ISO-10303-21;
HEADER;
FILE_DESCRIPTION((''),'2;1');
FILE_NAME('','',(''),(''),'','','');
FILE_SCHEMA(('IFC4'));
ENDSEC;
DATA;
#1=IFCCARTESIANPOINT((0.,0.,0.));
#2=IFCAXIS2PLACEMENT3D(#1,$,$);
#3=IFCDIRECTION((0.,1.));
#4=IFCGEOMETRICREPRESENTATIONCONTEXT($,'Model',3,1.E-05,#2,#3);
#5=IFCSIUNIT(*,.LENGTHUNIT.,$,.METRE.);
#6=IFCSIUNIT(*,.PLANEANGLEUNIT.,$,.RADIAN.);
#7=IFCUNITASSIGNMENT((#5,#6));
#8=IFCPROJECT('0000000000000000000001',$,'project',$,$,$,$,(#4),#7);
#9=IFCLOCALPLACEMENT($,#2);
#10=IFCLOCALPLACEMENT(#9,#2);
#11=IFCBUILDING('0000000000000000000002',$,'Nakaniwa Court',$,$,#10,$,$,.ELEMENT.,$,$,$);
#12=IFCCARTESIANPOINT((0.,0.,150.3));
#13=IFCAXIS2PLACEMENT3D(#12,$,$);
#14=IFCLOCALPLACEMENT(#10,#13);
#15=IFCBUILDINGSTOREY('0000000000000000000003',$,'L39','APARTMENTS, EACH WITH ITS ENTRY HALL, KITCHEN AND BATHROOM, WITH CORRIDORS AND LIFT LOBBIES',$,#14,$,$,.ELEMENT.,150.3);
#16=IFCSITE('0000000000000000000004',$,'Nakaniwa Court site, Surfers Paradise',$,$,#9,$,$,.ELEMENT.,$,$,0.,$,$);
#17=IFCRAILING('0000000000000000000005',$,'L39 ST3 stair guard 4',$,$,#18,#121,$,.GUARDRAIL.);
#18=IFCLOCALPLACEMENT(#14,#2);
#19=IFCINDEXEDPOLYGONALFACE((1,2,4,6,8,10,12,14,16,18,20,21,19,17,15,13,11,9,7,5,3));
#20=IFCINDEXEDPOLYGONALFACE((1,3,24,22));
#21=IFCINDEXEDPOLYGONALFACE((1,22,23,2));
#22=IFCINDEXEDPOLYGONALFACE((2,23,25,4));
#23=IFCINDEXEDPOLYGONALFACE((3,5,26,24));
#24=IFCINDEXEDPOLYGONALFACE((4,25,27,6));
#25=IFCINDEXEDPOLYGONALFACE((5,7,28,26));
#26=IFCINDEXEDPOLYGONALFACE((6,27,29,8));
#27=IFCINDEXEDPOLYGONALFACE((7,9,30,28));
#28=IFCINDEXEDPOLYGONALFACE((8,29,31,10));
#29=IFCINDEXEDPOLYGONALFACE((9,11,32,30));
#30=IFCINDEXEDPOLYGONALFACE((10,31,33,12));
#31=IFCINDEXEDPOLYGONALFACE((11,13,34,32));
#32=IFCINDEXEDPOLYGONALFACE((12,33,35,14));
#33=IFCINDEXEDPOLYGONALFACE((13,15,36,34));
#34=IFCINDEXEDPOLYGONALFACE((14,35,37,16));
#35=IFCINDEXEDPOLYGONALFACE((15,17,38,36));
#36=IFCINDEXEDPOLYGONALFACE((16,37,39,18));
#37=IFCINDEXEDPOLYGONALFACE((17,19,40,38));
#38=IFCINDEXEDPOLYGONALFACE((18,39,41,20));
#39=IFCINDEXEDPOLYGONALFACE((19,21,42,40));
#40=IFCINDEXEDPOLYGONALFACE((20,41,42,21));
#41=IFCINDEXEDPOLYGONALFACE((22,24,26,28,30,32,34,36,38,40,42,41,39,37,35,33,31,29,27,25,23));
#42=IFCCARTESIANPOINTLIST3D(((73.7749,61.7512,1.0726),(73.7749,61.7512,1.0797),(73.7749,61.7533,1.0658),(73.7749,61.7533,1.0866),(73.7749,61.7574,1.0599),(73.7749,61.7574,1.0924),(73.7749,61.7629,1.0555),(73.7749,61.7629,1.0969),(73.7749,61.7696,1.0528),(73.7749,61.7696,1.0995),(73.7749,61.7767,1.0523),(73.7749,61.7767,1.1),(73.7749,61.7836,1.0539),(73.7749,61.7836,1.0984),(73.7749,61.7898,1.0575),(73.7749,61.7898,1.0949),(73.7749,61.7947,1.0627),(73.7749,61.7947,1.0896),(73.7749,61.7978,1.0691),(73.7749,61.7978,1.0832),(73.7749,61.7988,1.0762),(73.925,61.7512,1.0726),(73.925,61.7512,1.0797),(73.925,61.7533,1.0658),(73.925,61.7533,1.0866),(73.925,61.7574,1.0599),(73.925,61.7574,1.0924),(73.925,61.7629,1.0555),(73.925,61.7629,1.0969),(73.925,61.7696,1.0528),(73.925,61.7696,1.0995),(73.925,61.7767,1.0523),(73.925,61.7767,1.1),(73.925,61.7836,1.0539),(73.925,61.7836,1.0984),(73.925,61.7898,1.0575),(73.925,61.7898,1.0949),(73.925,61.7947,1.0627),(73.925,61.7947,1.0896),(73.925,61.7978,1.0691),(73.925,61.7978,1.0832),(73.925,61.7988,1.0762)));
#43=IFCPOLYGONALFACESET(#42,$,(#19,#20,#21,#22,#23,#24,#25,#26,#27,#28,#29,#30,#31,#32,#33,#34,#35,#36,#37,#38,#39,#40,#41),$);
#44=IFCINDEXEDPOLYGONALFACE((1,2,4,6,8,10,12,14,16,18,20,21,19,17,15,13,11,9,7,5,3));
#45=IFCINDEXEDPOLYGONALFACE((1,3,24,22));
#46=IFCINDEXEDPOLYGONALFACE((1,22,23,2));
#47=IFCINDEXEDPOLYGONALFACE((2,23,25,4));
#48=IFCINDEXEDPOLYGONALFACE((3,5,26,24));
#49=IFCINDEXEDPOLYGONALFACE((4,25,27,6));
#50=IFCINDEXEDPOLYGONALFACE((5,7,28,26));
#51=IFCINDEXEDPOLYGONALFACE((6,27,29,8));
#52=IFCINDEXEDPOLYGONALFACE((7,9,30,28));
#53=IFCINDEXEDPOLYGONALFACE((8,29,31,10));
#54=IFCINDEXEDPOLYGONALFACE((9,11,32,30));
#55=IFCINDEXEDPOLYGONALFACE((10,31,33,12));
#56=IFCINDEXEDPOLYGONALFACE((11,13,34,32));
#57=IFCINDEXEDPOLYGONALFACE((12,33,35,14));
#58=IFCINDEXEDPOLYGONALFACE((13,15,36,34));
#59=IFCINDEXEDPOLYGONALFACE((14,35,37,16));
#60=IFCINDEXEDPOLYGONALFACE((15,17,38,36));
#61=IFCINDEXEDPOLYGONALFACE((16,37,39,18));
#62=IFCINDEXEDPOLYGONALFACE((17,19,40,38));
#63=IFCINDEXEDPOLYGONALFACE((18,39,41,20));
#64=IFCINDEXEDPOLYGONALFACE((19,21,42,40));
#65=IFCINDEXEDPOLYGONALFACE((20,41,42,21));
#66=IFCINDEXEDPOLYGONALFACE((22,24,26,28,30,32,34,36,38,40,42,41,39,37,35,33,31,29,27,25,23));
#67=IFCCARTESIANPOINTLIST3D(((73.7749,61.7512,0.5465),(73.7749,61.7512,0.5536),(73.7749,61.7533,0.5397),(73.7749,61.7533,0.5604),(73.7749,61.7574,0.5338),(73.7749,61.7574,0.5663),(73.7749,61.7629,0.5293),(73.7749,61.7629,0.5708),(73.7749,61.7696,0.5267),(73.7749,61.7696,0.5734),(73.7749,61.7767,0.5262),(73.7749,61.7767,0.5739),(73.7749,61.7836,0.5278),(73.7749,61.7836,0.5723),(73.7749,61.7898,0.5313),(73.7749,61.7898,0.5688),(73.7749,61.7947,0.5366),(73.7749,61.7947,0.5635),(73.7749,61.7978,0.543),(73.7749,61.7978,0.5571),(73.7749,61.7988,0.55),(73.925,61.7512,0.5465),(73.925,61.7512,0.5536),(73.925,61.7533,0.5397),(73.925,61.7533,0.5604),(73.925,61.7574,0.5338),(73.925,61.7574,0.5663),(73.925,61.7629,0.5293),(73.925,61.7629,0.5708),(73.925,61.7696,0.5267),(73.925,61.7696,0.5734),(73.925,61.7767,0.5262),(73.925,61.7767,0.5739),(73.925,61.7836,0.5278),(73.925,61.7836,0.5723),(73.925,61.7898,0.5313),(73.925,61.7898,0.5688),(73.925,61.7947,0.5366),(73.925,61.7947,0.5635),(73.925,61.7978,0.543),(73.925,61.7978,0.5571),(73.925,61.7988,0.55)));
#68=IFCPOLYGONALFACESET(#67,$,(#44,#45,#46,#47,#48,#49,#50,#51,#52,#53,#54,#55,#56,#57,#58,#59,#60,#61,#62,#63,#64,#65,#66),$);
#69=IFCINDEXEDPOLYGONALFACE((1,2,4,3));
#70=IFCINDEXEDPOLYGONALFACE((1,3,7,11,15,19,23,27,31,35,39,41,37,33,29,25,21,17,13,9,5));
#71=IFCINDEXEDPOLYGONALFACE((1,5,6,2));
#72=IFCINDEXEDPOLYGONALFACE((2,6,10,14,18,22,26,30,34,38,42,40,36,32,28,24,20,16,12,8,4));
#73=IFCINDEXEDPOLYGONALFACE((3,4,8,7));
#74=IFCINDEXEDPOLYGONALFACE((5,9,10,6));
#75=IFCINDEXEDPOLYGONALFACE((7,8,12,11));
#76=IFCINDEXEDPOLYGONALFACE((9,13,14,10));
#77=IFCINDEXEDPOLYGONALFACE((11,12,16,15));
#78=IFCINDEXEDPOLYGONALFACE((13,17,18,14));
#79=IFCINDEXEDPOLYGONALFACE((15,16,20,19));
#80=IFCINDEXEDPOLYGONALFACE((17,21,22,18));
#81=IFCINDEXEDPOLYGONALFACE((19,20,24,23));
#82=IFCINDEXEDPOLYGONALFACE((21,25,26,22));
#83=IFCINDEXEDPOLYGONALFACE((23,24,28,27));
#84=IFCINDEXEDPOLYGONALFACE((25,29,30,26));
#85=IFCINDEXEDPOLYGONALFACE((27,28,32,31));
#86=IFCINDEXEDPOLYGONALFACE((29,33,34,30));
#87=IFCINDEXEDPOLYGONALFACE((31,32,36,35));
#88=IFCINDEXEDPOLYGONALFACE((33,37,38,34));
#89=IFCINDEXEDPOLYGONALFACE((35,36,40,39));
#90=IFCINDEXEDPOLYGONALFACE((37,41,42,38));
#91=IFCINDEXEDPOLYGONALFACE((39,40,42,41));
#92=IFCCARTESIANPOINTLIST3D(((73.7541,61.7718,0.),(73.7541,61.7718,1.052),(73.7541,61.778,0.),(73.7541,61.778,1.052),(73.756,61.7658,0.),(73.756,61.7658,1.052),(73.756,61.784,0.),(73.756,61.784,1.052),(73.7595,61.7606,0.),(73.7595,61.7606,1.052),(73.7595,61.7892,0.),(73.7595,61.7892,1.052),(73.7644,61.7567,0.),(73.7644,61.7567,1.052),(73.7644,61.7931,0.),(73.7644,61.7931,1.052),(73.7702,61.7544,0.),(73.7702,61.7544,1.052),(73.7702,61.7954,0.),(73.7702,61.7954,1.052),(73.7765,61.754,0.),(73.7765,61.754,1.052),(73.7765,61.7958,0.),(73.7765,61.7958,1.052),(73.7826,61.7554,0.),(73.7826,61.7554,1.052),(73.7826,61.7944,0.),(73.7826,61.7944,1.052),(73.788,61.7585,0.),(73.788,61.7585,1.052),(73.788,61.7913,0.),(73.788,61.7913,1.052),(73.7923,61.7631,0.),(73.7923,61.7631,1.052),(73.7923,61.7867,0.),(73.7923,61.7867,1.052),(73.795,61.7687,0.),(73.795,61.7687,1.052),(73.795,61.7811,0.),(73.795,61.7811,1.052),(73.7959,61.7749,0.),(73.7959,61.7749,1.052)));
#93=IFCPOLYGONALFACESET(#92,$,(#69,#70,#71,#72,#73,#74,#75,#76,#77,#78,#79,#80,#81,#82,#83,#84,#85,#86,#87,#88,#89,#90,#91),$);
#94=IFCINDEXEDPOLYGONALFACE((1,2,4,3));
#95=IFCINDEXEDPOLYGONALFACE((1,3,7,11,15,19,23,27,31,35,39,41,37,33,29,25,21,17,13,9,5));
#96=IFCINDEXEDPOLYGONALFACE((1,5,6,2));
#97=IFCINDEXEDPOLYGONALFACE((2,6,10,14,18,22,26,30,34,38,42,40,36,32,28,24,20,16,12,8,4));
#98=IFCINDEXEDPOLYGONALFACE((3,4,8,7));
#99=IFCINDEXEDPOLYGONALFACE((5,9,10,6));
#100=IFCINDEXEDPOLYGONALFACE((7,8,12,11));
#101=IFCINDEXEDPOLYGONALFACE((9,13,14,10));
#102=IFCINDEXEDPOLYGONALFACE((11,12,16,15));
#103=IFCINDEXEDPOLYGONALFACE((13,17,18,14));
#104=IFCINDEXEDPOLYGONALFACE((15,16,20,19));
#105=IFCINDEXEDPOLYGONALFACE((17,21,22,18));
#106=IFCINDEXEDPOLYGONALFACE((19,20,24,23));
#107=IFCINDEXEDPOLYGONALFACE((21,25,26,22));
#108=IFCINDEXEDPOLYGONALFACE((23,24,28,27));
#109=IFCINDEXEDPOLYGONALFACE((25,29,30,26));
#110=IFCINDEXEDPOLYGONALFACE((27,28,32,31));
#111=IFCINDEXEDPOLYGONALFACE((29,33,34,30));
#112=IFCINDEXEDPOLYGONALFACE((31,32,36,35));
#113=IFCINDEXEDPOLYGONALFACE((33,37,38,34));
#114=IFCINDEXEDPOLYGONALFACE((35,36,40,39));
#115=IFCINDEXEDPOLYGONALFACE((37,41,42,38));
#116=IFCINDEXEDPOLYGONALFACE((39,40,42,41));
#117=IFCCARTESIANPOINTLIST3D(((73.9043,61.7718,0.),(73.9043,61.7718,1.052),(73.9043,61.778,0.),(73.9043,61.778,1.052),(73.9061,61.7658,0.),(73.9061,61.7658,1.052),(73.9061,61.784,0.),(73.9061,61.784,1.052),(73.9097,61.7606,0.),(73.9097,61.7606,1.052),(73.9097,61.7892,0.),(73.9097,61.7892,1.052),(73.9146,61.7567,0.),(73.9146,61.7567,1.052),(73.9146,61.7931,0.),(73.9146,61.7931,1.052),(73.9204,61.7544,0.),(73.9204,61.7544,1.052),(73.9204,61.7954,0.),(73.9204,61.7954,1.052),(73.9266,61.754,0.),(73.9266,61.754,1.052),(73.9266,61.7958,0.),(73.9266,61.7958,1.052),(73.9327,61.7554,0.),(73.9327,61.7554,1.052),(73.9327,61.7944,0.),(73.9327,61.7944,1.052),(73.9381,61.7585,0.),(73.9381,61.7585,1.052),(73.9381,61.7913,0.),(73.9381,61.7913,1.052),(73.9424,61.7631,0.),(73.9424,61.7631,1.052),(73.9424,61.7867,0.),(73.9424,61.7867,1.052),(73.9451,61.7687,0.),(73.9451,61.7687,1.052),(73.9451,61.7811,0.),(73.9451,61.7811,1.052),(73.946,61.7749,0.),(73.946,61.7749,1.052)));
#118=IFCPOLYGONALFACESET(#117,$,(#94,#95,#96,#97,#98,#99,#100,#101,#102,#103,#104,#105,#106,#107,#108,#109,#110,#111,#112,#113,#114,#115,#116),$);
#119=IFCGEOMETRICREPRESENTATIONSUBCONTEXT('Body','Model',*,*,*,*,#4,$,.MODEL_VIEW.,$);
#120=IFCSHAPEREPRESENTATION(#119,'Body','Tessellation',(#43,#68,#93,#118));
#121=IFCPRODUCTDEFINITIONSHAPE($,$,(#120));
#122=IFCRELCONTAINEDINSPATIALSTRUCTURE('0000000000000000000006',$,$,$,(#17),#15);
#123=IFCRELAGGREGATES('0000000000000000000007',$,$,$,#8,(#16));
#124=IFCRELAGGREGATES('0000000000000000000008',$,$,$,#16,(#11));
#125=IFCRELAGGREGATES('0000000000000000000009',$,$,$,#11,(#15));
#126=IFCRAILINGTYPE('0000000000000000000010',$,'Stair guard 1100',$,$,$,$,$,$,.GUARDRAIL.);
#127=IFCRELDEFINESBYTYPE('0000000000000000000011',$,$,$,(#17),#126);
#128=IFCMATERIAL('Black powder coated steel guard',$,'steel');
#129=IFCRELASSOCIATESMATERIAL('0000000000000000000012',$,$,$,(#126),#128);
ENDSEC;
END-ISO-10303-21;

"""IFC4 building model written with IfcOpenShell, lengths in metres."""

from ifc_helpers import new_model, si_unit, direction, frame, origin, origin_2d, place, context, subcontext, project, spatial, circle, extrude, material, type_object, element, save


model = new_model("IFC4")

# Units and contexts
model_context = context("Model", 3, precision=1e-05, world=origin(), true_north=direction((0.0, 1.0)))
body_context = subcontext(model_context, "Body", "Model", "MODEL_VIEW")
ifc_project = project(units=[si_unit("LENGTHUNIT", "METRE"), si_unit("PLANEANGLEUNIT", "RADIAN")], contexts=[model_context])

# Site, building, storey
site_placement = place(None, origin())
site = spatial("IfcSite", under=ifc_project, at=site_placement, Name="Nakaniwa Court site, Surfers Paradise", CompositionType="ELEMENT", RefElevation=0.0)
building_placement = place(site_placement, origin())
building = spatial("IfcBuilding", under=site, at=building_placement, Name="Nakaniwa Court", CompositionType="ELEMENT")
storey_placement = place(building_placement, frame((0.0, 0.0, 150.3)))
storey = spatial("IfcBuildingStorey", under=building, at=storey_placement, Name="L39", Description="APARTMENTS, EACH WITH ITS ENTRY HALL, KITCHEN AND BATHROOM, WITH CORRIDORS AND LIFT LOBBIES", CompositionType="ELEMENT", Elevation=150.3)

# Railing
ifc_material_1 = material(Name="Black powder coated steel guard", Category="steel")
railing_type_1 = type_object("IfcRailingType", Name="Stair guard 1100", PredefinedType="GUARDRAIL", material=ifc_material_1)
railing_1_placement = place(storey_placement, frame((73.7749, 61.7749, 0.0)))
element("IfcRailing", 1, at=railing_1_placement, inside=storey, type_object=railing_type_1, Name="L39 ST3 stair guard 4", PredefinedType="GUARDRAIL", context=body_context, shape_type="SweptSolid", body=[
    extrude(circle(Radius=0.0239, at=origin_2d()), frame((0.0, 0.0, 1.0762), z_axis=(1.0, 0.0, 0.0), x_axis=(0.0, 1.0, 0.0)), (0.0, 0.0, 1.0), 0.1501),
    extrude(circle(Radius=0.0239, at=origin_2d()), frame((0.0, 0.0, 0.55), z_axis=(1.0, 0.0, 0.0), x_axis=(0.0, 1.0, 0.0)), (0.0, 0.0, 1.0), 0.1501),
    extrude(circle(Radius=0.021, at=origin_2d()), origin(), (0.0, 0.0, 1.0), 1.052),
    extrude(circle(Radius=0.021, at=origin_2d()), frame((0.1501, 0.0, 0.0)), (0.0, 0.0, 1.0), 1.052),
])

save(model, "model.ifc")
